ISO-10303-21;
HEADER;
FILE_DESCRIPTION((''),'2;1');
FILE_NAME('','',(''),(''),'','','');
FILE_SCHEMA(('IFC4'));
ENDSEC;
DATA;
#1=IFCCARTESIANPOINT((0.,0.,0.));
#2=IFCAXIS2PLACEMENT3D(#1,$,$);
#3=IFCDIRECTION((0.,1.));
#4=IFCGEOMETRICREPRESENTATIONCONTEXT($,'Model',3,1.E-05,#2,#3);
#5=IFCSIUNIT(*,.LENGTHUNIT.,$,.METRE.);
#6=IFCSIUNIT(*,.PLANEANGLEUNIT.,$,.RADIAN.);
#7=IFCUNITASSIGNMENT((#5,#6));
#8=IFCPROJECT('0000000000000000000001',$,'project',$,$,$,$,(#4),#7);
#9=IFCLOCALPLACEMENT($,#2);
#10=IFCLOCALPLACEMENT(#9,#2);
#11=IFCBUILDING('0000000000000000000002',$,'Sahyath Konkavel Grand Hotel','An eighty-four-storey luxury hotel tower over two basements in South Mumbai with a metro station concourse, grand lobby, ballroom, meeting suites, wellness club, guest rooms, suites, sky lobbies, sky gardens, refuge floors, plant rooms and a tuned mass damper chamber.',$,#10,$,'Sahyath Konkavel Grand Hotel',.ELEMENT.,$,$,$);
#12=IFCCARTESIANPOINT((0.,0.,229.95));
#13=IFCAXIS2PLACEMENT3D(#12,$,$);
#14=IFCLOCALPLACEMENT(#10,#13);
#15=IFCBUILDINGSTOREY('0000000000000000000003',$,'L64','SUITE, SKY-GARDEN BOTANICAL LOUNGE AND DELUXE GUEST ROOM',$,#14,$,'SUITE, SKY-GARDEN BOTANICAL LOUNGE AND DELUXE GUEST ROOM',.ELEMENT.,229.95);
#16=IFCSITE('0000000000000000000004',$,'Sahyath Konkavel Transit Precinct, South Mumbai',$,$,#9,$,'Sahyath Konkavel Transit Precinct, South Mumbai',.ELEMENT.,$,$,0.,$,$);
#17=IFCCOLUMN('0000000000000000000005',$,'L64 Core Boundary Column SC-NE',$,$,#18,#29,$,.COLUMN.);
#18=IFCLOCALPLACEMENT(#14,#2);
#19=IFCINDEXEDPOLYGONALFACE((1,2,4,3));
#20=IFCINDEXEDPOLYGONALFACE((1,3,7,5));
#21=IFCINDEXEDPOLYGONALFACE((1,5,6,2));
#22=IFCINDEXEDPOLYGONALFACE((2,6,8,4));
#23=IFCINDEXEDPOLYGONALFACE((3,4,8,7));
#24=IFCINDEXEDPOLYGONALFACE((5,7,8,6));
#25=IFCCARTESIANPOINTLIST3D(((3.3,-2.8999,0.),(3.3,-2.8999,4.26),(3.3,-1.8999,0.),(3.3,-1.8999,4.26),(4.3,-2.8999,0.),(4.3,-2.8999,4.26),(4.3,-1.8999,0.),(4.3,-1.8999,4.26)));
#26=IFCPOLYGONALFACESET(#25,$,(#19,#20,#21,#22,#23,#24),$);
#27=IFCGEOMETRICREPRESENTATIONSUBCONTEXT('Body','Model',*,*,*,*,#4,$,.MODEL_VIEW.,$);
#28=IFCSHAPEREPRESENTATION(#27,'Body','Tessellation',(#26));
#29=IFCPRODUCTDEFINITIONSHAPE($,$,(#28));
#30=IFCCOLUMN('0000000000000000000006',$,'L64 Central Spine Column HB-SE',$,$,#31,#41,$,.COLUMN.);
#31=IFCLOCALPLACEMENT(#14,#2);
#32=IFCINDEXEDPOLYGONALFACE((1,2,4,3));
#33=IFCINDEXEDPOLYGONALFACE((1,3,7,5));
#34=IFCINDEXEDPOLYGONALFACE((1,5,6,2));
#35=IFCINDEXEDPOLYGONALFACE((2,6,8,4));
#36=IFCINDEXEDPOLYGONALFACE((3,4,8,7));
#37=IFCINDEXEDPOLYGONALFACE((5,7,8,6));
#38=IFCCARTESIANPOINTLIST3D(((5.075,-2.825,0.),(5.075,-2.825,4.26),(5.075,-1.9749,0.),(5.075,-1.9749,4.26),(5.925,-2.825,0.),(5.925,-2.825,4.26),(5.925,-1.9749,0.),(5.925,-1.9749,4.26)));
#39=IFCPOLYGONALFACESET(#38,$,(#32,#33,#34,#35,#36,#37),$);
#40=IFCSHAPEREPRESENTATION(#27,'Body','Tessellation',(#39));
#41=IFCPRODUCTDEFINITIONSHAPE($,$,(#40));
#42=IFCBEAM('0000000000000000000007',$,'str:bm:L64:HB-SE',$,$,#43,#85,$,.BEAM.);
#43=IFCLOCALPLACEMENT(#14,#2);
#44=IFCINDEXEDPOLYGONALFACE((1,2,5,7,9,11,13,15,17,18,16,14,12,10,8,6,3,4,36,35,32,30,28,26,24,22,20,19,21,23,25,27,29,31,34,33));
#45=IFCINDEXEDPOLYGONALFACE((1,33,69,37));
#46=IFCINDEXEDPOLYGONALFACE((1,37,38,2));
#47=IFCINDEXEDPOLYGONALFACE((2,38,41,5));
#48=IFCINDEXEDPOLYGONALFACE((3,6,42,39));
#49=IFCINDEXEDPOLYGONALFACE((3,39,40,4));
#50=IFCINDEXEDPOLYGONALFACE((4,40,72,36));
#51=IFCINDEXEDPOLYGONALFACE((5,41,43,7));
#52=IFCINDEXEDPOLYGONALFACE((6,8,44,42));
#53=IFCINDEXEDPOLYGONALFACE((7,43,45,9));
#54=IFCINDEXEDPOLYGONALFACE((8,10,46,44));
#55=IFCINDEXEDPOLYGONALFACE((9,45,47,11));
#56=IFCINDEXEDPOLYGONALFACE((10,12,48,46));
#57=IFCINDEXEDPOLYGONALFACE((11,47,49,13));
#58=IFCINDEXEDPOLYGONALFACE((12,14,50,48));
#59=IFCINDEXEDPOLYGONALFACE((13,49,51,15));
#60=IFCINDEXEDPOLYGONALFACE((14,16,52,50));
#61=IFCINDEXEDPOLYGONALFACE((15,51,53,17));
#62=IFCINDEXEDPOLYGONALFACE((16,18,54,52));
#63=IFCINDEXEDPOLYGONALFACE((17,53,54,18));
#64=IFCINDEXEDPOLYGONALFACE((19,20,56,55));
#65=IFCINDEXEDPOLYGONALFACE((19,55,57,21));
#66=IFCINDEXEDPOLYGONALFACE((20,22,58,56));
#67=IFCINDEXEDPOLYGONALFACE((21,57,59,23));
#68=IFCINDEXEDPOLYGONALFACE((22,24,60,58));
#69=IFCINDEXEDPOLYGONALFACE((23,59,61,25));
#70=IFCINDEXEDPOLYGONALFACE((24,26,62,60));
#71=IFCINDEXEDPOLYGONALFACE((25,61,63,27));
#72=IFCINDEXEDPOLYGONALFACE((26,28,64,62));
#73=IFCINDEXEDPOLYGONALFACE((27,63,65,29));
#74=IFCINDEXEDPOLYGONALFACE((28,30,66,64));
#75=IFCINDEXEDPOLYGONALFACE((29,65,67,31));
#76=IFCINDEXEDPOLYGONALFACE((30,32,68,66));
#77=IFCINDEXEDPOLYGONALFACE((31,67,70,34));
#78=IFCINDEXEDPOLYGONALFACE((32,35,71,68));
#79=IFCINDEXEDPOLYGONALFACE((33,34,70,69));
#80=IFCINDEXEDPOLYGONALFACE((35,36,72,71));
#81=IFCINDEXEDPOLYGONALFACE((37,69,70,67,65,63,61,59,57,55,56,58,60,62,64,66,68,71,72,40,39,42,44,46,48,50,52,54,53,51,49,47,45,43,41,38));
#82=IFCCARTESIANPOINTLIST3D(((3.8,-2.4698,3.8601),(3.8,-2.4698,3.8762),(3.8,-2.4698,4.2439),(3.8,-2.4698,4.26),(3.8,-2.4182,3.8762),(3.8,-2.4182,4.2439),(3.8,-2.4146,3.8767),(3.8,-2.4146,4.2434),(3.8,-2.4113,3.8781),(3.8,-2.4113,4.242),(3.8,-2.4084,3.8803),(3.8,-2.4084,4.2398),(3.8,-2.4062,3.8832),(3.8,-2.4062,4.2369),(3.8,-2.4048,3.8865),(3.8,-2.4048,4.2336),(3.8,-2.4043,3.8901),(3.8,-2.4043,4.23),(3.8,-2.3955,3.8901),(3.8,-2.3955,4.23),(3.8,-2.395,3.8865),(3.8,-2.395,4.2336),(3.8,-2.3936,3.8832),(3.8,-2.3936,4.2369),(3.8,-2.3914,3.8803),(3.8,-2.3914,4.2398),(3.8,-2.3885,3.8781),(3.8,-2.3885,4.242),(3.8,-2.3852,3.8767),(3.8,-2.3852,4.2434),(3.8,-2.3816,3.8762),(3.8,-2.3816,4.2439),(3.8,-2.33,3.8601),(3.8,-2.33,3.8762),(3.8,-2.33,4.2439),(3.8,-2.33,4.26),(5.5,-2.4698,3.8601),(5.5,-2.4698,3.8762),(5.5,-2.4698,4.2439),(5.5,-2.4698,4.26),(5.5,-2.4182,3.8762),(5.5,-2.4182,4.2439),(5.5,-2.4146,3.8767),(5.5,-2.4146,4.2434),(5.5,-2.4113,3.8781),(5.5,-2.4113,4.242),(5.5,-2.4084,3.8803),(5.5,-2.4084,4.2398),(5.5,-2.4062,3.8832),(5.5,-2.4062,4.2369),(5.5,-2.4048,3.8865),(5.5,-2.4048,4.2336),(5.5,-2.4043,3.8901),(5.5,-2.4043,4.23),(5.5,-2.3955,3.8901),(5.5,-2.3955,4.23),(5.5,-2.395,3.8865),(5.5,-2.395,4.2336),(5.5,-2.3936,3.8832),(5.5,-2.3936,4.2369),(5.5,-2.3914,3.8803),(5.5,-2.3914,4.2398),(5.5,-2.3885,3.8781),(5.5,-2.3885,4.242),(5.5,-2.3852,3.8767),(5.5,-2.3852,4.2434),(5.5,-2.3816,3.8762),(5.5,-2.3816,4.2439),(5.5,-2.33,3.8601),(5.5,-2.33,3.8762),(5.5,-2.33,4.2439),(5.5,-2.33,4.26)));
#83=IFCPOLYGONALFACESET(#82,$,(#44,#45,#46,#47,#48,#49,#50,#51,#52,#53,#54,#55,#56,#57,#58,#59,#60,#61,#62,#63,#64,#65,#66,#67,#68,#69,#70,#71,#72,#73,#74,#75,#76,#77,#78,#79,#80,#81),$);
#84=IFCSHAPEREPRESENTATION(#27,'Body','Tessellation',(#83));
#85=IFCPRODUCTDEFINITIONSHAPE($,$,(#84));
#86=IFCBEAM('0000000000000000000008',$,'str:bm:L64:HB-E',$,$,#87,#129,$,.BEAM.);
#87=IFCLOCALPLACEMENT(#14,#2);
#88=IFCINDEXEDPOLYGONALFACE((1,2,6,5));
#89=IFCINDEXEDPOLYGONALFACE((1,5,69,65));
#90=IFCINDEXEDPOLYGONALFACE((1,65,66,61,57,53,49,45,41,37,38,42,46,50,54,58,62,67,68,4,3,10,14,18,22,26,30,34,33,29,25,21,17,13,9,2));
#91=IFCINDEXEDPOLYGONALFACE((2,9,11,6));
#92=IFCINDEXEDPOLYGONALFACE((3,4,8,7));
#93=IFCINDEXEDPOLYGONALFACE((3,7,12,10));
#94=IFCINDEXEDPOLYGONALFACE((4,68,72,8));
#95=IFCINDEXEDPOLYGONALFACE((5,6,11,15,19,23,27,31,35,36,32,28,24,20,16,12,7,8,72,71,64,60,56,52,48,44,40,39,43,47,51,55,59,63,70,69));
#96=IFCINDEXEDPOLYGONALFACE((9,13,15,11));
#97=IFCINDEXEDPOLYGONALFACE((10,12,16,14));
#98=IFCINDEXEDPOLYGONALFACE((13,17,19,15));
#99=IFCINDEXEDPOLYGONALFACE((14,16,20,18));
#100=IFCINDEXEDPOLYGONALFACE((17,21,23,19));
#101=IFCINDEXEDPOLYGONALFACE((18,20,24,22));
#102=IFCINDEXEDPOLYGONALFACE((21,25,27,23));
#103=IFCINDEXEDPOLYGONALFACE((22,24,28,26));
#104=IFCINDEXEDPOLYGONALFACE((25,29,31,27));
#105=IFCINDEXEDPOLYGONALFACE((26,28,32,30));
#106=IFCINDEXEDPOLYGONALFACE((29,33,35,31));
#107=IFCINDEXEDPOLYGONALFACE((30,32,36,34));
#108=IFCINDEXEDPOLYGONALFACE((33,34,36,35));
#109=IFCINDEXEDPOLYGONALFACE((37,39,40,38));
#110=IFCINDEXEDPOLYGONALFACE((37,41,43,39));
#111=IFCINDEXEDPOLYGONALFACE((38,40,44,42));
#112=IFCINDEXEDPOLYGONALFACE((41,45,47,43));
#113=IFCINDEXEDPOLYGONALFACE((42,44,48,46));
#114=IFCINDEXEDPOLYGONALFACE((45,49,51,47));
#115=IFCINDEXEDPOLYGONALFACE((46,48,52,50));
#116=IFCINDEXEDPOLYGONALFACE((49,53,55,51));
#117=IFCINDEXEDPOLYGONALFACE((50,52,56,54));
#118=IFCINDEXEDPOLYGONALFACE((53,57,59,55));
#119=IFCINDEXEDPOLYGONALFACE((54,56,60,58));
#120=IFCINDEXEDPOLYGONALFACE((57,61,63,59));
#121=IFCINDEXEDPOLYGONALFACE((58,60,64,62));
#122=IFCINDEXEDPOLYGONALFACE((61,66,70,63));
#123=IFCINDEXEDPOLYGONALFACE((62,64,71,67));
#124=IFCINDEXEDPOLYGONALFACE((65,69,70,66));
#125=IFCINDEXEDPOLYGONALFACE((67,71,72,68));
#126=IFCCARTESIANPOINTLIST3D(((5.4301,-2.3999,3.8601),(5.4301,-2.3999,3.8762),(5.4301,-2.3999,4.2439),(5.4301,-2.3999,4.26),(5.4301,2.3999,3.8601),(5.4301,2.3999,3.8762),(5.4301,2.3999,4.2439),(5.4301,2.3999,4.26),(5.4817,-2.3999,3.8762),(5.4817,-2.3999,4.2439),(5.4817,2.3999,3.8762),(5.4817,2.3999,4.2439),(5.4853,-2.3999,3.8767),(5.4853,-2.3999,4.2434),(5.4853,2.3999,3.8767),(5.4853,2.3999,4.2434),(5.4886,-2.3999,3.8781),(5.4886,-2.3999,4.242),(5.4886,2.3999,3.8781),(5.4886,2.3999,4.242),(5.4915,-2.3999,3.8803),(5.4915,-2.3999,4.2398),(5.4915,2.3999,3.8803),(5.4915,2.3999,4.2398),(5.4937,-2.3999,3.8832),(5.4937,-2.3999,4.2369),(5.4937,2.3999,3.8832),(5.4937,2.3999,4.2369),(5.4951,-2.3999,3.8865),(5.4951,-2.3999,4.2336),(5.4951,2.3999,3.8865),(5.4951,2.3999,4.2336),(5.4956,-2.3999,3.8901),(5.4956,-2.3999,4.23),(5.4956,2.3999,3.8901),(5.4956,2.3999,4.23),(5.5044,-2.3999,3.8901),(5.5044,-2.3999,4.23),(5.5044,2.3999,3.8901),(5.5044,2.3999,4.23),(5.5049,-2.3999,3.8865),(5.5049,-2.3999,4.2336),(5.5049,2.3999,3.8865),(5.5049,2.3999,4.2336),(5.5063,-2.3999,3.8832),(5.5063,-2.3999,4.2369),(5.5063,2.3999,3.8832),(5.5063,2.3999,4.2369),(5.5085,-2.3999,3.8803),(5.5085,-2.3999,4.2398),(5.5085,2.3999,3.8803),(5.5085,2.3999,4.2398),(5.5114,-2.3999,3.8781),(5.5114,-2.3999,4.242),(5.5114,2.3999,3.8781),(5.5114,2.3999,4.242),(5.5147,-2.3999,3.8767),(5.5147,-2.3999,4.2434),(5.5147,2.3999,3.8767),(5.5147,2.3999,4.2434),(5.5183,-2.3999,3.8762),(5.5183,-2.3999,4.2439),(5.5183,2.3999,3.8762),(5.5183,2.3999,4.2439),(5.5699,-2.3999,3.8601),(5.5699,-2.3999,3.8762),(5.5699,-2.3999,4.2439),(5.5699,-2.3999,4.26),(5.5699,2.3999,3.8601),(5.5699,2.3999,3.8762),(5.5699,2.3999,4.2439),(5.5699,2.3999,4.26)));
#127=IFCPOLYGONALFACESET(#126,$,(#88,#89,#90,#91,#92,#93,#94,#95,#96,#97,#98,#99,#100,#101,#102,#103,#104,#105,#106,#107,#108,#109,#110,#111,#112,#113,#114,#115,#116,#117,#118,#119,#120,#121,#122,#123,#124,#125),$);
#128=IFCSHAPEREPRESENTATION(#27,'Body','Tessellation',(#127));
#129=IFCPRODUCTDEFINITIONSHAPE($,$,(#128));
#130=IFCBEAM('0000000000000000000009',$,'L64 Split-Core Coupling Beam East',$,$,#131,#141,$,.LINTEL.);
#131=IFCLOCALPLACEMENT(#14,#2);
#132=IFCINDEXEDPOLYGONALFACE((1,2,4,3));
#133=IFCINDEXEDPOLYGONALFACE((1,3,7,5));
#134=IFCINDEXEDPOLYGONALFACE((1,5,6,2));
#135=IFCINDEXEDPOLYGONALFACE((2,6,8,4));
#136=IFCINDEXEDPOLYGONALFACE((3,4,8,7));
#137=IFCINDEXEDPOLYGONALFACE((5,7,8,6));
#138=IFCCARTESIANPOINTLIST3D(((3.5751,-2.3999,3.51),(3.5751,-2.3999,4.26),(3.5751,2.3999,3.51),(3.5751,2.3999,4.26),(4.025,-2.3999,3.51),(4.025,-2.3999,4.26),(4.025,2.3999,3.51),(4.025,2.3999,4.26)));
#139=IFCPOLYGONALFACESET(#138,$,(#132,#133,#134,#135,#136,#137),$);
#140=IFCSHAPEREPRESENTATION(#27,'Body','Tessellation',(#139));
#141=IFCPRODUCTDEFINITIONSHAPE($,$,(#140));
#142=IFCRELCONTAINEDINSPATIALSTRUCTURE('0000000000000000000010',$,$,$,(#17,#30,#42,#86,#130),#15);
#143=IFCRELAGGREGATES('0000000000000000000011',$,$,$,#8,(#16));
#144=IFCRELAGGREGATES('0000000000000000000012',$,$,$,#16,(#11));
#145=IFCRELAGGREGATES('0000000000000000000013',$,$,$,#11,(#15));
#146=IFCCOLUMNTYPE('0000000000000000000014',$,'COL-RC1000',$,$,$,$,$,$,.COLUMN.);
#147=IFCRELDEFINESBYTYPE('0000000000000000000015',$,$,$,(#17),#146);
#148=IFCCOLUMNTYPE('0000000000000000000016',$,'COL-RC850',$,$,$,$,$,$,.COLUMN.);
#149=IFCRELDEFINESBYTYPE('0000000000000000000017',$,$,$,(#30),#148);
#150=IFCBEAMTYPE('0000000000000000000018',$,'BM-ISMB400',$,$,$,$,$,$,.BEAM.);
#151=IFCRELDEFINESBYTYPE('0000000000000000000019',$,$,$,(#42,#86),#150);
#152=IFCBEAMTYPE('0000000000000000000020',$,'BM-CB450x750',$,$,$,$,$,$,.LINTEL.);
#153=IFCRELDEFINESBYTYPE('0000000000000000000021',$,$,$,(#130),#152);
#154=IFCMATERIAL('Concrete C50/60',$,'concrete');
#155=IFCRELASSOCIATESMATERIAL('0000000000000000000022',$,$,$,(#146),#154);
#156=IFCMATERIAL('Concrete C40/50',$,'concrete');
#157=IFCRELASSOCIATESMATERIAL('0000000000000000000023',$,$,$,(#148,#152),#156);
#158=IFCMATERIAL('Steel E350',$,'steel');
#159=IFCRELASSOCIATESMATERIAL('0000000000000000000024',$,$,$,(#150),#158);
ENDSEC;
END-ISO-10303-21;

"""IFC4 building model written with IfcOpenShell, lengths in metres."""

from ifc_helpers import new_model, si_unit, direction, frame, origin, origin_2d, place, context, subcontext, project, spatial, rectangle, i_section, extrude, source, transform, mapped, material, material_profile, profile_set, type_object, element, save


model = new_model("IFC4")

# Units and contexts
model_context = context("Model", 3, precision=1e-05, world=origin(), true_north=direction((0.0, 1.0)))
body_context = subcontext(model_context, "Body", "Model", "MODEL_VIEW")
ifc_project = project(units=[si_unit("LENGTHUNIT", "METRE"), si_unit("PLANEANGLEUNIT", "RADIAN")], contexts=[model_context])

# Site, building, storey
site_placement = place(None, origin())
site = spatial("IfcSite", under=ifc_project, at=site_placement, Name="Sahyath Konkavel Transit Precinct, South Mumbai", LongName="Sahyath Konkavel Transit Precinct, South Mumbai", CompositionType="ELEMENT", RefElevation=0.0)
building_placement = place(site_placement, origin())
building = spatial("IfcBuilding", under=site, at=building_placement, Name="Sahyath Konkavel Grand Hotel", Description="An eighty-four-storey luxury hotel tower over two basements in South Mumbai with a metro station concourse, grand lobby, ballroom, meeting suites, wellness club, guest rooms, suites, sky lobbies, sky gardens, refuge floors, plant rooms and a tuned mass damper chamber.", LongName="Sahyath Konkavel Grand Hotel", CompositionType="ELEMENT")
storey_placement = place(building_placement, frame((0.0, 0.0, 229.95)))
storey = spatial("IfcBuildingStorey", under=building, at=storey_placement, Name="L64", Description="SUITE, SKY-GARDEN BOTANICAL LOUNGE AND DELUXE GUEST ROOM", LongName="SUITE, SKY-GARDEN BOTANICAL LOUNGE AND DELUXE GUEST ROOM", CompositionType="ELEMENT", Elevation=229.95)

# Columns
ifc_material_1 = material(Name="Concrete C50/60", Category="concrete")
ifc_material_profile_1 = material_profile(ifc_material_1, rectangle(XDim=1.0, YDim=1.0, at=origin_2d()), Name="RC 1000x1000")
ifc_profile_set_1 = profile_set([ifc_material_profile_1], Name="Concrete C50/60")
column_type_1 = type_object("IfcColumnType", Name="COL-RC1000", PredefinedType="COLUMN", material=ifc_profile_set_1)
shared_shape_1 = source(origin(), body_context, "Body", "SweptSolid", [
    extrude(rectangle(XDim=1.0, YDim=1.0, at=origin_2d()), origin(), (0.0, 0.0, 1.0), 4.26),
])
column_1_placement = place(storey_placement, frame((3.8, -2.3999, 0.0), z_axis=(0.0, 0.0, 1.0), x_axis=(1.0, 0.0, 0.0)))
element("IfcColumn", 1, at=column_1_placement, inside=storey, type_object=column_type_1, Name="L64 Core Boundary Column SC-NE", PredefinedType="COLUMN", context=body_context, shape_type="MappedRepresentation", body=[
    mapped(shared_shape_1, transform((0.0, 0.0, 0.0), scale=1.0)),
])
ifc_material_2 = material(Name="Concrete C40/50", Category="concrete")
ifc_material_profile_2 = material_profile(ifc_material_2, rectangle(XDim=0.8501, YDim=0.8501, at=origin_2d()), Name="RC 850x850")
ifc_profile_set_2 = profile_set([ifc_material_profile_2], Name="Concrete C40/50")
column_type_2 = type_object("IfcColumnType", Name="COL-RC850", PredefinedType="COLUMN", material=ifc_profile_set_2)
shared_shape_2 = source(origin(), body_context, "Body", "SweptSolid", [
    extrude(rectangle(XDim=0.8501, YDim=0.8501, at=origin_2d()), origin(), (0.0, 0.0, 1.0), 4.26),
])
column_2_placement = place(storey_placement, frame((5.5, -2.3999, 0.0), z_axis=(0.0, 0.0, 1.0), x_axis=(1.0, 0.0, 0.0)))
element("IfcColumn", 2, at=column_2_placement, inside=storey, type_object=column_type_2, Name="L64 Central Spine Column HB-SE", PredefinedType="COLUMN", context=body_context, shape_type="MappedRepresentation", body=[
    mapped(shared_shape_2, transform((0.0, 0.0, 0.0), scale=1.0)),
])

# Beams
ifc_material_3 = material(Name="Steel E350", Category="steel")
ifc_material_profile_3 = material_profile(ifc_material_3, i_section(OverallWidth=0.1399, OverallDepth=0.3999, WebThickness=0.0088, FlangeThickness=0.0161, FilletRadius=0.0139, at=origin_2d()), Name="ISMB 400")
ifc_profile_set_3 = profile_set([ifc_material_profile_3], Name="Steel E350")
beam_type_1 = type_object("IfcBeamType", Name="BM-ISMB400", PredefinedType="BEAM", material=ifc_profile_set_3)
shared_shape_3 = source(origin(), body_context, "Body", "SweptSolid", [
    extrude(i_section(OverallWidth=0.1399, OverallDepth=0.3999, WebThickness=0.0088, FlangeThickness=0.0161, FilletRadius=0.0139, at=origin_2d()), origin(), (0.0, 0.0, 1.0), 1.7),
])
beam_1_placement = place(storey_placement, frame((3.8, -2.3999, 4.0601), z_axis=(1.0, 0.0, 0.0), x_axis=(0.0, 1.0, 0.0)))
element("IfcBeam", 3, at=beam_1_placement, inside=storey, type_object=beam_type_1, Name="str:bm:L64:HB-SE", PredefinedType="BEAM", context=body_context, shape_type="MappedRepresentation", body=[
    mapped(shared_shape_3, transform((0.0, 0.0, 0.0), scale=1.0)),
])
shared_shape_4 = source(origin(), body_context, "Body", "SweptSolid", [
    extrude(i_section(OverallWidth=0.1399, OverallDepth=0.3999, WebThickness=0.0088, FlangeThickness=0.0161, FilletRadius=0.0139, at=origin_2d()), origin(), (0.0, 0.0, 1.0), 4.7998),
])
beam_2_placement = place(storey_placement, frame((5.5, -2.3999, 4.0601), z_axis=(0.0, 1.0, 0.0), x_axis=(-1.0, 0.0, 0.0)))
element("IfcBeam", 4, at=beam_2_placement, inside=storey, type_object=beam_type_1, Name="str:bm:L64:HB-E", PredefinedType="BEAM", context=body_context, shape_type="MappedRepresentation", body=[
    mapped(shared_shape_4, transform((0.0, 0.0, 0.0), scale=1.0)),
])
ifc_material_profile_4 = material_profile(ifc_material_2, rectangle(XDim=0.45, YDim=0.75, at=origin_2d()), Name="RC 450x750")
ifc_profile_set_4 = profile_set([ifc_material_profile_4], Name="Concrete C40/50")
beam_type_2 = type_object("IfcBeamType", Name="BM-CB450x750", PredefinedType="LINTEL", material=ifc_profile_set_4)
shared_shape_5 = source(origin(), body_context, "Body", "SweptSolid", [
    extrude(rectangle(XDim=0.45, YDim=0.75, at=origin_2d()), origin(), (0.0, 0.0, 1.0), 4.7998),
])
beam_3_placement = place(storey_placement, frame((3.8, -2.3999, 3.885), z_axis=(0.0, 1.0, 0.0), x_axis=(-1.0, 0.0, 0.0)))
element("IfcBeam", 5, at=beam_3_placement, inside=storey, type_object=beam_type_2, Name="L64 Split-Core Coupling Beam East", PredefinedType="LINTEL", context=body_context, shape_type="MappedRepresentation", body=[
    mapped(shared_shape_5, transform((0.0, 0.0, 0.0), scale=1.0)),
])

save(model, "model.ifc")
